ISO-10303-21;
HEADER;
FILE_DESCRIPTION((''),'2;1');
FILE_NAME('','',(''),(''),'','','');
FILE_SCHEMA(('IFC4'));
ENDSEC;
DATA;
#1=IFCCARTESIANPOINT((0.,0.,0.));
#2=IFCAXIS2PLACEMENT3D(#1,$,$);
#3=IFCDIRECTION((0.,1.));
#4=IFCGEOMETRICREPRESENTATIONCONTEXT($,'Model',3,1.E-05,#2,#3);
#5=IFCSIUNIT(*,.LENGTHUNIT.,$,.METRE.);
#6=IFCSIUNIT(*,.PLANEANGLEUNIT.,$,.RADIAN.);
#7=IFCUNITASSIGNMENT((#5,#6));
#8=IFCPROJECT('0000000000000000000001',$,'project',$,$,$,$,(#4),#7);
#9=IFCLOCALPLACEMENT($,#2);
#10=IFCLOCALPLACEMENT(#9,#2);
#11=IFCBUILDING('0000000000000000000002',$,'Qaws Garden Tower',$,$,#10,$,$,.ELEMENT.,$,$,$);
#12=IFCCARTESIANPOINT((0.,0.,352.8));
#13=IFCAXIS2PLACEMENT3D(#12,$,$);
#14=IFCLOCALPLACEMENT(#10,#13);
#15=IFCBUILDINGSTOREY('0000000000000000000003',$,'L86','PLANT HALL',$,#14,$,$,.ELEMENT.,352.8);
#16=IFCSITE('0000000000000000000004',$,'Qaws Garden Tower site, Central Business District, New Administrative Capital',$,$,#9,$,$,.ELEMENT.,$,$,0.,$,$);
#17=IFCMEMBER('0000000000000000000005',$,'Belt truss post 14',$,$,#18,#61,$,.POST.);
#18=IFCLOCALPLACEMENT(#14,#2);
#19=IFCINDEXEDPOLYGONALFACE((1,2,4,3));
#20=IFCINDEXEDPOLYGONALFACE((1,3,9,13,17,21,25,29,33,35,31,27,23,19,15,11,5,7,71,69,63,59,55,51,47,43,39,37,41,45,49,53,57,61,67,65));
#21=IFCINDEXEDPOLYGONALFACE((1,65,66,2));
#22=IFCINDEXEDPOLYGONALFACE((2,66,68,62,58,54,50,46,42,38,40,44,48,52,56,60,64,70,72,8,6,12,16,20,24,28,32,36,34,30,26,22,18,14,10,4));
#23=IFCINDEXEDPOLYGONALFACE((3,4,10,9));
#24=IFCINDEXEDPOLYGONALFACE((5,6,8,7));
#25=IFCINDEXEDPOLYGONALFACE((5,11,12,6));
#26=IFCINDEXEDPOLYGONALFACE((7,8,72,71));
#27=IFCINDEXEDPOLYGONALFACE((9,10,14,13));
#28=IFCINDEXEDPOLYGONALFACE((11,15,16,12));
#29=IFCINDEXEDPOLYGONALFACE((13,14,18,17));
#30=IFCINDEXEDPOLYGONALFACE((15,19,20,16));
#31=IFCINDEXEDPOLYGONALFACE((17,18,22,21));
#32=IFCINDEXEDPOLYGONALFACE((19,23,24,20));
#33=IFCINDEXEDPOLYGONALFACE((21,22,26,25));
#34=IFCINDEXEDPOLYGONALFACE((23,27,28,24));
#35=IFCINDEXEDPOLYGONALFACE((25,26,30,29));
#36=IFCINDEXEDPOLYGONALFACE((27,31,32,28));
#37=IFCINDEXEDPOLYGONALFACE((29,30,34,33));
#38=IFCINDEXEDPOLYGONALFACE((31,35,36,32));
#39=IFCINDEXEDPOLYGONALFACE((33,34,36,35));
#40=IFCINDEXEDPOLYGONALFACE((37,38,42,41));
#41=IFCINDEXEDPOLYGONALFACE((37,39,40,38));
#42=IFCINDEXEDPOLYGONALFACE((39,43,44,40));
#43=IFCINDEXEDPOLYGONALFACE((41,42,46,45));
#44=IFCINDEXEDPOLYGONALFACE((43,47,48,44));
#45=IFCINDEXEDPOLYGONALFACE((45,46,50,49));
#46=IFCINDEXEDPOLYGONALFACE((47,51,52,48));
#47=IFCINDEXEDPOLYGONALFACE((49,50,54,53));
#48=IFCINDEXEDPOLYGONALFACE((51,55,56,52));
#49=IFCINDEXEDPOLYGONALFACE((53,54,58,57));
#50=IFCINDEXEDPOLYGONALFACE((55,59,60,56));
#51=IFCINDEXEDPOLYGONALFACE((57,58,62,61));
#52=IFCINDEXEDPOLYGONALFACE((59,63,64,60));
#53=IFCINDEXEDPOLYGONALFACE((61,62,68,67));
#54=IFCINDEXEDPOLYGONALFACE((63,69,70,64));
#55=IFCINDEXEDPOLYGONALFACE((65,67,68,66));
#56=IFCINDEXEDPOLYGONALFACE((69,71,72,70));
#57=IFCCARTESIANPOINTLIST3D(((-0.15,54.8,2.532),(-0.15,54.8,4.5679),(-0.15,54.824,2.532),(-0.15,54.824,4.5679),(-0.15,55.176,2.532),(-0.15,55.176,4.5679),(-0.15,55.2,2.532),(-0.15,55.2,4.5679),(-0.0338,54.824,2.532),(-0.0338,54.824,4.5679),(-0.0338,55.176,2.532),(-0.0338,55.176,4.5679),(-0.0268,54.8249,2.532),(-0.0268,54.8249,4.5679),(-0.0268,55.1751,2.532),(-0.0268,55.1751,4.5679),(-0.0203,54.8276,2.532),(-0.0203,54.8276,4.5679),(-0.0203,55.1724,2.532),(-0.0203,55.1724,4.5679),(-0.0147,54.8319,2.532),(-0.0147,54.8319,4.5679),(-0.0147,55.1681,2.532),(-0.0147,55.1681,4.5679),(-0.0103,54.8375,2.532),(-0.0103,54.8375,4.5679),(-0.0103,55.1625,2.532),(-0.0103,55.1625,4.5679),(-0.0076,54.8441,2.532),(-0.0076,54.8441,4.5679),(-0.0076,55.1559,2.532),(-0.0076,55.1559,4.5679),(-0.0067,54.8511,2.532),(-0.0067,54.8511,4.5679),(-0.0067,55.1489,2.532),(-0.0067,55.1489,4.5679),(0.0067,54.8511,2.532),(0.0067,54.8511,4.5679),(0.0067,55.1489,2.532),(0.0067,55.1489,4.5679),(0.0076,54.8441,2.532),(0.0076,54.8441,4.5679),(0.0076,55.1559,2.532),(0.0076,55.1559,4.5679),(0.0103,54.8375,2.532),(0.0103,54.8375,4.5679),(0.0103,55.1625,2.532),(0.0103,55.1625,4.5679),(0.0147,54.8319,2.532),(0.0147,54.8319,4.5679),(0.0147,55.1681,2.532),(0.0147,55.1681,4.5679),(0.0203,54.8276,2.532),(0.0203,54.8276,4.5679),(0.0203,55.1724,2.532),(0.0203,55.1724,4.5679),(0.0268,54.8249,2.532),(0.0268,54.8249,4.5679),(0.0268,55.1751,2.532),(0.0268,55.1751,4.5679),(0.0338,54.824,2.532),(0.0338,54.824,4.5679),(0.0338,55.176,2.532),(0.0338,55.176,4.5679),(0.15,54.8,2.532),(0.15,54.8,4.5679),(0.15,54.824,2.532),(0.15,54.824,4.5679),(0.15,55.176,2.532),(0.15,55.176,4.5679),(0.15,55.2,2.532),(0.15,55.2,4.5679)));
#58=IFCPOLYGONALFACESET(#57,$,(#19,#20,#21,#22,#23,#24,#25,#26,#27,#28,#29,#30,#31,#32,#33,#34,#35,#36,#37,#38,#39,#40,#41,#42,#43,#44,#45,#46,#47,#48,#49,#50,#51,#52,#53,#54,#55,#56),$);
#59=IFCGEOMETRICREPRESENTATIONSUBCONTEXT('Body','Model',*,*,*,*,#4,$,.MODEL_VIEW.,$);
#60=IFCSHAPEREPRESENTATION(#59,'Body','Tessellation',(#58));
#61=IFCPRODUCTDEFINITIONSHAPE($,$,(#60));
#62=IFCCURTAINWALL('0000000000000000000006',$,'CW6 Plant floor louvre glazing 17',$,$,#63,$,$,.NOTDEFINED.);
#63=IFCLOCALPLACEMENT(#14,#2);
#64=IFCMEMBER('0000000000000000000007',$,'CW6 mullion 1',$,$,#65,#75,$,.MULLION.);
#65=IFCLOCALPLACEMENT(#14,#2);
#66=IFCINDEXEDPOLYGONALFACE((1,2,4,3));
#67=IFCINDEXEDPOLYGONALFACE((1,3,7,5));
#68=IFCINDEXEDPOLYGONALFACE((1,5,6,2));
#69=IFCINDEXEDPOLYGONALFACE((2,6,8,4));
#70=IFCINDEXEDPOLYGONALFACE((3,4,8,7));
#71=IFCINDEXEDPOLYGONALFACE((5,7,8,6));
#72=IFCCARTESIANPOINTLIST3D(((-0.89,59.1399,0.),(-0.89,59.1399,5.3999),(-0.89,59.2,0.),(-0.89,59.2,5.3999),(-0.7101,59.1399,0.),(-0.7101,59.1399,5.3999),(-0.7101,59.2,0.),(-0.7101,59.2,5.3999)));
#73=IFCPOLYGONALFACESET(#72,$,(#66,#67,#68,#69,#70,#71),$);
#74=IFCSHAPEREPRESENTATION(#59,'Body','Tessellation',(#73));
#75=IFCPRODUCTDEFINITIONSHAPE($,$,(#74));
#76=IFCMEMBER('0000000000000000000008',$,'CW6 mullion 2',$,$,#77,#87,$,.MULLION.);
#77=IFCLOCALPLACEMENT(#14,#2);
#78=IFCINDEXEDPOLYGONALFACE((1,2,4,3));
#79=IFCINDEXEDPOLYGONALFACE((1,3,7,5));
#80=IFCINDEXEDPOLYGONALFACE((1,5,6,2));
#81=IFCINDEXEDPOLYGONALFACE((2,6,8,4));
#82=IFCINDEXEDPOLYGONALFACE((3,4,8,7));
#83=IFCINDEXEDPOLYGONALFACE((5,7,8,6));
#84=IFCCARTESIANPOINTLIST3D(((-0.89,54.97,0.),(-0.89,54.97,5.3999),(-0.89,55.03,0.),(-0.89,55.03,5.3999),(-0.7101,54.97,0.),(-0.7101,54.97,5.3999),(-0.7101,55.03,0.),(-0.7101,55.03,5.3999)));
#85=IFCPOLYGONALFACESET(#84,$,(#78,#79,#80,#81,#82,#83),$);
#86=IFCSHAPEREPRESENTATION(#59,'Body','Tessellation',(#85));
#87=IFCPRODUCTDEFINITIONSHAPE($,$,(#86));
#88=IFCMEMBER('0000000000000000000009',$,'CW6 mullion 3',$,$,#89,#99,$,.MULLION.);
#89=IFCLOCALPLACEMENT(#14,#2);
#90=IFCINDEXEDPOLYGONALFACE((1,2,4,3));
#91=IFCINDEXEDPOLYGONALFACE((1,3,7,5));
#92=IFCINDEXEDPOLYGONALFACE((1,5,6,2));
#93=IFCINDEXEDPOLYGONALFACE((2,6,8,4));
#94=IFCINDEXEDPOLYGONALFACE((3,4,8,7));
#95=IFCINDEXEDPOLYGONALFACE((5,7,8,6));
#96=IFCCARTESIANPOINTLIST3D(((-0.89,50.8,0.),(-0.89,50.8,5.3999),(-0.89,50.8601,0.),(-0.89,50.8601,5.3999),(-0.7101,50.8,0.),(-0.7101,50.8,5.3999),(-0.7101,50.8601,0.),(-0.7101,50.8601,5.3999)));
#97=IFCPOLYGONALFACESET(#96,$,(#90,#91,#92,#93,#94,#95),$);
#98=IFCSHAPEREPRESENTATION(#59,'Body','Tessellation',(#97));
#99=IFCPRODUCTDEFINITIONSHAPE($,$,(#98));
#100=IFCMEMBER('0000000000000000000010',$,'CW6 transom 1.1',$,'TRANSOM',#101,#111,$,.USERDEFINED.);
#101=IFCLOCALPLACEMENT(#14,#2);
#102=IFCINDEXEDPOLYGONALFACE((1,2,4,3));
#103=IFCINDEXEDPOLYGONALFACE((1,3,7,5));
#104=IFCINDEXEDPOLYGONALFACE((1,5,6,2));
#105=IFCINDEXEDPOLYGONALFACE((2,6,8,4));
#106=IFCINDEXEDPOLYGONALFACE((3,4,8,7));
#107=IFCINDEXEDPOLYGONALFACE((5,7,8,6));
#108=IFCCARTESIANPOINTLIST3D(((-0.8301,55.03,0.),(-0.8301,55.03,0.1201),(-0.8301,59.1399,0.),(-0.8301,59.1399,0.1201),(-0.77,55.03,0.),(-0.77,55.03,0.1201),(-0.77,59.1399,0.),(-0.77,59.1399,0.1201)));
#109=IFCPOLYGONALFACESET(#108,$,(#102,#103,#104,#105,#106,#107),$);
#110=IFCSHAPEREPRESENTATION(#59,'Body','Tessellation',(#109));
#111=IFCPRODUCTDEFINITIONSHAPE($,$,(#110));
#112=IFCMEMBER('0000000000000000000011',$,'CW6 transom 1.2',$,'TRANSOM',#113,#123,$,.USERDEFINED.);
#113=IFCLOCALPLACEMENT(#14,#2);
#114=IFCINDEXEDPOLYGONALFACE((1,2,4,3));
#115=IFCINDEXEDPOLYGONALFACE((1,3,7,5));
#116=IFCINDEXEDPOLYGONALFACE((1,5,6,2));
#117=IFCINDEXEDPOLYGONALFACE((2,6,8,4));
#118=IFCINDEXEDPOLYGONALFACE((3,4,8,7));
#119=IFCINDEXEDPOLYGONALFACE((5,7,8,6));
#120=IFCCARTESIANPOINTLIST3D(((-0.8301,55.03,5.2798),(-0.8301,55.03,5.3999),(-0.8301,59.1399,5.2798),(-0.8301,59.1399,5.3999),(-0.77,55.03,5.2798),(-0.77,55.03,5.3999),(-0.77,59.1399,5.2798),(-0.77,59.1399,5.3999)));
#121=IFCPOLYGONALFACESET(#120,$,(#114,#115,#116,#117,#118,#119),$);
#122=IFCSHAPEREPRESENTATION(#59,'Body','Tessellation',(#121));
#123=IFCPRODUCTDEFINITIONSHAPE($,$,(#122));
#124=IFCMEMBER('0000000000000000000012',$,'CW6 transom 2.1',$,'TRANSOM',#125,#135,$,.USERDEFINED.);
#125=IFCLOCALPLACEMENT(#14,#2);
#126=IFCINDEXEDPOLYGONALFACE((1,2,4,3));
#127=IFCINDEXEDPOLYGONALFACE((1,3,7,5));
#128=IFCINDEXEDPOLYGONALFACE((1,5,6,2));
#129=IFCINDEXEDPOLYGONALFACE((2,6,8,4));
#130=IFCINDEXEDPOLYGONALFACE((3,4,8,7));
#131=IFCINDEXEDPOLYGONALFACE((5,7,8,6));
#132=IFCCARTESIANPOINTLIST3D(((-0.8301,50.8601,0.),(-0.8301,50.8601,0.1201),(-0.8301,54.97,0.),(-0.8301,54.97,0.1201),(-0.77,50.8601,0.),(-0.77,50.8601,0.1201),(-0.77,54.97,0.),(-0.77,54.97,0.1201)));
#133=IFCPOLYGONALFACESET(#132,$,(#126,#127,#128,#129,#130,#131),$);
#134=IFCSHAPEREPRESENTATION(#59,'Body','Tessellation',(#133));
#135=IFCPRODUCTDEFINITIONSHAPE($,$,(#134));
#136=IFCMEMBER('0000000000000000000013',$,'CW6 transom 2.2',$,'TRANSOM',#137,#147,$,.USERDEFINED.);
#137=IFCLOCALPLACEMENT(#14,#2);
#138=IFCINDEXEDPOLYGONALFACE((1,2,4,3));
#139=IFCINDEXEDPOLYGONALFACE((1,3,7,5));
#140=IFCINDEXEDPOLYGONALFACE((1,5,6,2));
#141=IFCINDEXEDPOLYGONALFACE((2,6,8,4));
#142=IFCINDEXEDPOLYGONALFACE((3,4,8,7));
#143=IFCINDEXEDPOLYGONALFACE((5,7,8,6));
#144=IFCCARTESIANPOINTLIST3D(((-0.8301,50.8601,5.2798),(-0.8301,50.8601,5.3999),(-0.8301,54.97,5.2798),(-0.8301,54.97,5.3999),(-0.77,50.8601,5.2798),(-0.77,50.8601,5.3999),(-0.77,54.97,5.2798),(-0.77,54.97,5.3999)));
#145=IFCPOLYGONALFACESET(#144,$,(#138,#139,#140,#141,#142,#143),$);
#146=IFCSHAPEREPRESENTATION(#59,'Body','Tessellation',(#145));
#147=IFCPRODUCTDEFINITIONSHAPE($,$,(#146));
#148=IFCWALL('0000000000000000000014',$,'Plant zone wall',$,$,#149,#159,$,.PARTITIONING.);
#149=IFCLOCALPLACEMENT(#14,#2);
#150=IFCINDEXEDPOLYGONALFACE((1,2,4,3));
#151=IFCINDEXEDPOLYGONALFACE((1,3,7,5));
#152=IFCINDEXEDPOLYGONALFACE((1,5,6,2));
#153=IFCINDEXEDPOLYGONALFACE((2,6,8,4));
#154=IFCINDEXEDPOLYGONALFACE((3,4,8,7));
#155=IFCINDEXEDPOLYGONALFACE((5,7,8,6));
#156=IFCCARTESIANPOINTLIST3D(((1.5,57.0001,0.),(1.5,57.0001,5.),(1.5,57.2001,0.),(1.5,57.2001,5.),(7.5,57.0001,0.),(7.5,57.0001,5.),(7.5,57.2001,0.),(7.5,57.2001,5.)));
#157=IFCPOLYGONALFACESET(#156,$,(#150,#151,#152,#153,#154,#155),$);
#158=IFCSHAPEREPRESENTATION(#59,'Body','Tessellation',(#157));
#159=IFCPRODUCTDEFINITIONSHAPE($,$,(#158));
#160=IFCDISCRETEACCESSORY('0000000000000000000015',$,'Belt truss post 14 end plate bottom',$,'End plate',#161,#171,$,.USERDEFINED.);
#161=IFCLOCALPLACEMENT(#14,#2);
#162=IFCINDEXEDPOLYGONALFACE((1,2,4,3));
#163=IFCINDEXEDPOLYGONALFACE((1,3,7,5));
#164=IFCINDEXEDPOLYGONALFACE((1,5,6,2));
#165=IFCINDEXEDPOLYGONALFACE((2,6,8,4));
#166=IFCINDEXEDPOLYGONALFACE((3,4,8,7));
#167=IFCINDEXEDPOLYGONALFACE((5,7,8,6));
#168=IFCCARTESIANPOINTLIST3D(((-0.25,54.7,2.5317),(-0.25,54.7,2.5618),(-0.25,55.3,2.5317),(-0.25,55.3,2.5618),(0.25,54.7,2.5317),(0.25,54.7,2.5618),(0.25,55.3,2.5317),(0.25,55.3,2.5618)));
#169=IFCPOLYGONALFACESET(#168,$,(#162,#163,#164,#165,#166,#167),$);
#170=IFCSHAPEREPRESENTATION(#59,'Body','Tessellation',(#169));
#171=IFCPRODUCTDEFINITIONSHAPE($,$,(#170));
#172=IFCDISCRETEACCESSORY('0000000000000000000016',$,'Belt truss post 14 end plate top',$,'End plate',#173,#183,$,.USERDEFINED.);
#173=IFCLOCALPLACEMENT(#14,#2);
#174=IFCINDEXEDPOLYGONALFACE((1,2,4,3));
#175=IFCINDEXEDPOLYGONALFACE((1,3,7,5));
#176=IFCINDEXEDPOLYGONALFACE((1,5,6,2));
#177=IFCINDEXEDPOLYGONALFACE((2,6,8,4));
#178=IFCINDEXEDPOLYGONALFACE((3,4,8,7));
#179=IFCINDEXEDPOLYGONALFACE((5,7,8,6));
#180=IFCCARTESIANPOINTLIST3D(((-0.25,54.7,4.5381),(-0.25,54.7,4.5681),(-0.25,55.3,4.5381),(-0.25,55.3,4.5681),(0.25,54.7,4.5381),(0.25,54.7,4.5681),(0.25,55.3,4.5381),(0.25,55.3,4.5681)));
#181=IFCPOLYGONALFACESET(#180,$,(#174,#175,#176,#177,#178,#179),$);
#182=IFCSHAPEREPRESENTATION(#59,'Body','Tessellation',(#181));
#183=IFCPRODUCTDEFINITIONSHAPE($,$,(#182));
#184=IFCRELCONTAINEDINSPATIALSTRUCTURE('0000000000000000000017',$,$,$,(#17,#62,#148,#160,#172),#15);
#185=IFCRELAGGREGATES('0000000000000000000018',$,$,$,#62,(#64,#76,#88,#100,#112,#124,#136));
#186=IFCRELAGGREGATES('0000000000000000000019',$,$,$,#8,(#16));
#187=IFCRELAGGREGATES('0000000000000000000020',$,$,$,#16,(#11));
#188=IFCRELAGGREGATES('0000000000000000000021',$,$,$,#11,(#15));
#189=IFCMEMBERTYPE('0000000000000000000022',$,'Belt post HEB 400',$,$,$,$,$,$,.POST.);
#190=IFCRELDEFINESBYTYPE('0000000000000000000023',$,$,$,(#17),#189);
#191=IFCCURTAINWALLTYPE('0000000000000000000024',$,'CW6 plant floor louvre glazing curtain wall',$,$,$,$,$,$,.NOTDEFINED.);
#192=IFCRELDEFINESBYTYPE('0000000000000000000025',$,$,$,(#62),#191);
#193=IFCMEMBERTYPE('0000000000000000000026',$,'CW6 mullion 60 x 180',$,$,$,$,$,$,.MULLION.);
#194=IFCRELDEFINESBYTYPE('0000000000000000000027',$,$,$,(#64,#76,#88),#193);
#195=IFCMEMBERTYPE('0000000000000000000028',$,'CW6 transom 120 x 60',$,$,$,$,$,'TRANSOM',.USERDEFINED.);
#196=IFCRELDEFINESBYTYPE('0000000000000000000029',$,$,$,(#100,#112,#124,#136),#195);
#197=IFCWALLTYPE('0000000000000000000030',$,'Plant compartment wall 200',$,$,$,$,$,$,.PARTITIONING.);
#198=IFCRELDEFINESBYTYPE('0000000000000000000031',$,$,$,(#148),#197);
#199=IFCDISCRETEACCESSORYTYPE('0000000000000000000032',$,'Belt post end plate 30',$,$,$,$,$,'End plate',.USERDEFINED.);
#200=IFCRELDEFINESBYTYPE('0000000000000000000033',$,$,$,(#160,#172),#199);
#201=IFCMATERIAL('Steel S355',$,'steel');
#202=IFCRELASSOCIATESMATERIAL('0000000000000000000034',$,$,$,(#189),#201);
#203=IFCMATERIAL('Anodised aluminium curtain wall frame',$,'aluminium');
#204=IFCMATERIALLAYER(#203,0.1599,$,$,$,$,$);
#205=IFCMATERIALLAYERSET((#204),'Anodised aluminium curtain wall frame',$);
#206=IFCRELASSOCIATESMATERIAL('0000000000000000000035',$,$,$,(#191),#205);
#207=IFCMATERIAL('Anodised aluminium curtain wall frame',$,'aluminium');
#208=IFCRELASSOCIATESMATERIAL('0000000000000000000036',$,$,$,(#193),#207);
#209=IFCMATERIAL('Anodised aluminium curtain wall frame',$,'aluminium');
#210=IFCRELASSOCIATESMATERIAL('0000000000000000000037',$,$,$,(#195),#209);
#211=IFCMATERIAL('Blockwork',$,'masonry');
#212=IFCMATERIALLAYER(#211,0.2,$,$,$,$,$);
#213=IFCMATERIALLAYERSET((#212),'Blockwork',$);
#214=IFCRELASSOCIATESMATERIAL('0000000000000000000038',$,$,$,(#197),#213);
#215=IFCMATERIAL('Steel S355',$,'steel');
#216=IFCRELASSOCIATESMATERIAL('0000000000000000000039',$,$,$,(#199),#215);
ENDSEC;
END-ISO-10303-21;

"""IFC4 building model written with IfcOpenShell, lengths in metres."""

from ifc_helpers import new_model, si_unit, direction, frame, frame_2d, origin, origin_2d, place, context, subcontext, project, spatial, rectangle, i_section, extrude, material, layer, layer_set, material_profile, profile_set, type_object, element, aggregate, save


model = new_model("IFC4")

# Units and contexts
model_context = context("Model", 3, precision=1e-05, world=origin(), true_north=direction((0.0, 1.0)))
body_context = subcontext(model_context, "Body", "Model", "MODEL_VIEW")
ifc_project = project(units=[si_unit("LENGTHUNIT", "METRE"), si_unit("PLANEANGLEUNIT", "RADIAN")], contexts=[model_context])

# Site, building, storey
site_placement = place(None, origin())
site = spatial("IfcSite", under=ifc_project, at=site_placement, Name="Qaws Garden Tower site, Central Business District, New Administrative Capital", CompositionType="ELEMENT", RefElevation=0.0)
building_placement = place(site_placement, origin())
building = spatial("IfcBuilding", under=site, at=building_placement, Name="Qaws Garden Tower", CompositionType="ELEMENT")
storey_placement = place(building_placement, frame((0.0, 0.0, 352.8)))
storey = spatial("IfcBuildingStorey", under=building, at=storey_placement, Name="L86", Description="PLANT HALL", CompositionType="ELEMENT", Elevation=352.8)

# Member
ifc_material_1 = material(Name="Steel S355", Category="steel")
ifc_material_profile_1 = material_profile(ifc_material_1, i_section(OverallWidth=0.3, OverallDepth=0.3999, WebThickness=0.0134, FlangeThickness=0.0239, FilletRadius=0.0271, at=origin_2d()), Name="HEB 400")
ifc_profile_set_1 = profile_set([ifc_material_profile_1], Name="Steel S355")
member_type_1 = type_object("IfcMemberType", Name="Belt post HEB 400", PredefinedType="POST", material=ifc_profile_set_1)
member_1_placement = place(storey_placement, frame((0.0, 55.0, 2.532), z_axis=(0.0, 0.0, 1.0), x_axis=(1.0, 0.0, 0.0)))
element("IfcMember", 1, at=member_1_placement, inside=storey, type_object=member_type_1, Name="Belt truss post 14", PredefinedType="POST", context=body_context, shape_type="SweptSolid", body=[
    extrude(i_section(OverallWidth=0.3, OverallDepth=0.3999, WebThickness=0.0134, FlangeThickness=0.0239, FilletRadius=0.0271, at=origin_2d()), origin(), (0.0, 0.0, 1.0), 2.0359),
])

# Curtain wall, members
ifc_material_2 = material(Name="Anodised aluminium curtain wall frame", Category="aluminium")
ifc_layer_1 = layer(ifc_material_2, 0.1599)
ifc_layer_set_1 = layer_set([ifc_layer_1], Name="Anodised aluminium curtain wall frame")
curtain_wall_type = type_object("IfcCurtainWallType", Name="CW6 plant floor louvre glazing curtain wall", PredefinedType="NOTDEFINED", material=ifc_layer_set_1)
placement_1 = place(storey_placement, origin())
curtain_wall_1 = element("IfcCurtainWall", 2, at=placement_1, inside=storey, type_object=curtain_wall_type, Name="CW6 Plant floor louvre glazing 17", PredefinedType="NOTDEFINED")
ifc_material_3 = material(Name="Anodised aluminium curtain wall frame", Category="aluminium")
ifc_material_profile_2 = material_profile(ifc_material_3, rectangle(XDim=0.1799, YDim=0.0601, at=origin_2d()), Name="AL 60x180")
ifc_profile_set_2 = profile_set([ifc_material_profile_2], Name="Anodised aluminium curtain wall frame")
member_type_2 = type_object("IfcMemberType", Name="CW6 mullion 60 x 180", PredefinedType="MULLION", material=ifc_profile_set_2)
member_2_placement = place(storey_placement, frame((-0.8, 59.1699, 0.0), z_axis=(0.0, 0.0, 1.0), x_axis=(1.0, 0.0, 0.0)))
member_2 = element("IfcMember", 3, at=member_2_placement, type_object=member_type_2, Name="CW6 mullion 1", PredefinedType="MULLION", context=body_context, shape_type="SweptSolid", body=[
    extrude(rectangle(XDim=0.1799, YDim=0.0601, at=origin_2d()), origin(), (0.0, 0.0, 1.0), 5.3999),
])
member_3_placement = place(storey_placement, frame((-0.8, 55.0, 0.0), z_axis=(0.0, 0.0, 1.0), x_axis=(1.0, 0.0, 0.0)))
member_3 = element("IfcMember", 4, at=member_3_placement, type_object=member_type_2, Name="CW6 mullion 2", PredefinedType="MULLION", context=body_context, shape_type="SweptSolid", body=[
    extrude(rectangle(XDim=0.1799, YDim=0.0601, at=origin_2d()), origin(), (0.0, 0.0, 1.0), 5.3999),
])
member_4_placement = place(storey_placement, frame((-0.8, 50.8301, 0.0), z_axis=(0.0, 0.0, 1.0), x_axis=(1.0, 0.0, 0.0)))
member_4 = element("IfcMember", 5, at=member_4_placement, type_object=member_type_2, Name="CW6 mullion 3", PredefinedType="MULLION", context=body_context, shape_type="SweptSolid", body=[
    extrude(rectangle(XDim=0.1799, YDim=0.0601, at=origin_2d()), origin(), (0.0, 0.0, 1.0), 5.3999),
])
ifc_material_4 = material(Name="Anodised aluminium curtain wall frame", Category="aluminium")
ifc_material_profile_3 = material_profile(ifc_material_4, rectangle(XDim=0.0601, YDim=0.1201, at=origin_2d()), Name="AL 60x120")
ifc_profile_set_3 = profile_set([ifc_material_profile_3], Name="Anodised aluminium curtain wall frame")
member_type_3 = type_object("IfcMemberType", Name="CW6 transom 120 x 60", ElementType="TRANSOM", PredefinedType="USERDEFINED", material=ifc_profile_set_3)
member_5_placement = place(storey_placement, frame((-0.8, 59.1399, 0.0601), z_axis=(0.0, -1.0, 0.0), x_axis=(1.0, 0.0, 0.0)))
member_5 = element("IfcMember", 6, at=member_5_placement, type_object=member_type_3, Name="CW6 transom 1.1", ObjectType="TRANSOM", PredefinedType="USERDEFINED", context=body_context, shape_type="SweptSolid", body=[
    extrude(rectangle(XDim=0.0601, YDim=0.1201, at=origin_2d()), origin(), (0.0, 0.0, 1.0), 4.1099),
])
member_6_placement = place(storey_placement, frame((-0.8, 59.1399, 5.3398), z_axis=(0.0, -1.0, 0.0), x_axis=(1.0, 0.0, 0.0)))
member_6 = element("IfcMember", 7, at=member_6_placement, type_object=member_type_3, Name="CW6 transom 1.2", ObjectType="TRANSOM", PredefinedType="USERDEFINED", context=body_context, shape_type="SweptSolid", body=[
    extrude(rectangle(XDim=0.0601, YDim=0.1201, at=origin_2d()), origin(), (0.0, 0.0, 1.0), 4.1099),
])
member_7_placement = place(storey_placement, frame((-0.8, 54.97, 0.0601), z_axis=(0.0, -1.0, 0.0), x_axis=(1.0, 0.0, 0.0)))
member_7 = element("IfcMember", 8, at=member_7_placement, type_object=member_type_3, Name="CW6 transom 2.1", ObjectType="TRANSOM", PredefinedType="USERDEFINED", context=body_context, shape_type="SweptSolid", body=[
    extrude(rectangle(XDim=0.0601, YDim=0.1201, at=origin_2d()), origin(), (0.0, 0.0, 1.0), 4.1099),
])
member_8_placement = place(storey_placement, frame((-0.8, 54.97, 5.3398), z_axis=(0.0, -1.0, 0.0), x_axis=(1.0, 0.0, 0.0)))
member_8 = element("IfcMember", 9, at=member_8_placement, type_object=member_type_3, Name="CW6 transom 2.2", ObjectType="TRANSOM", PredefinedType="USERDEFINED", context=body_context, shape_type="SweptSolid", body=[
    extrude(rectangle(XDim=0.0601, YDim=0.1201, at=origin_2d()), origin(), (0.0, 0.0, 1.0), 4.1099),
])

aggregate(curtain_wall_1, [member_2, member_3, member_4, member_5, member_6, member_7, member_8])

# Wall
ifc_material_5 = material(Name="Blockwork", Category="masonry")
ifc_layer_2 = layer(ifc_material_5, 0.2)
ifc_layer_set_2 = layer_set([ifc_layer_2], Name="Blockwork")
wall_type = type_object("IfcWallType", Name="Plant compartment wall 200", PredefinedType="PARTITIONING", material=ifc_layer_set_2)
wall_placement = place(storey_placement, frame((1.5, 57.1001, 0.0), z_axis=(0.0, 0.0, 1.0), x_axis=(1.0, 0.0, 0.0)))
element("IfcWall", 10, at=wall_placement, inside=storey, type_object=wall_type, Name="Plant zone wall", PredefinedType="PARTITIONING", context=body_context, shape_type="SweptSolid", body=[
    extrude(rectangle(XDim=6.0, YDim=0.2, at=frame_2d((3.0, 0.0))), origin(), (0.0, 0.0, 1.0), 5.0),
])

# Discrete accessories
ifc_material_6 = material(Name="Steel S355", Category="steel")
discrete_accessory_type = type_object("IfcDiscreteAccessoryType", Name="Belt post end plate 30", ElementType="End plate", PredefinedType="USERDEFINED", material=ifc_material_6)
for number, where, z_axis, x_axis, name in (
    (11, (0.0, 55.0, 2.5317), (0.0, 0.0, 1.0), (1.0, 0.0, 0.0), "Belt truss post 14 end plate bottom"),
    (12, (0.0, 55.0, 4.5381), (0.0, 0.0, 1.0), (1.0, 0.0, 0.0), "Belt truss post 14 end plate top"),
):
    element("IfcDiscreteAccessory", number, at=place(storey_placement, frame(where, z_axis=z_axis, x_axis=x_axis)), inside=storey, type_object=discrete_accessory_type, Name=name, ObjectType="End plate", PredefinedType="USERDEFINED", context=body_context, shape_type="SweptSolid", body=[
        extrude(rectangle(XDim=0.5, YDim=0.6001, at=origin_2d()), origin(), (0.0, 0.0, 1.0), 0.03),
    ])

save(model, "model.ifc")
